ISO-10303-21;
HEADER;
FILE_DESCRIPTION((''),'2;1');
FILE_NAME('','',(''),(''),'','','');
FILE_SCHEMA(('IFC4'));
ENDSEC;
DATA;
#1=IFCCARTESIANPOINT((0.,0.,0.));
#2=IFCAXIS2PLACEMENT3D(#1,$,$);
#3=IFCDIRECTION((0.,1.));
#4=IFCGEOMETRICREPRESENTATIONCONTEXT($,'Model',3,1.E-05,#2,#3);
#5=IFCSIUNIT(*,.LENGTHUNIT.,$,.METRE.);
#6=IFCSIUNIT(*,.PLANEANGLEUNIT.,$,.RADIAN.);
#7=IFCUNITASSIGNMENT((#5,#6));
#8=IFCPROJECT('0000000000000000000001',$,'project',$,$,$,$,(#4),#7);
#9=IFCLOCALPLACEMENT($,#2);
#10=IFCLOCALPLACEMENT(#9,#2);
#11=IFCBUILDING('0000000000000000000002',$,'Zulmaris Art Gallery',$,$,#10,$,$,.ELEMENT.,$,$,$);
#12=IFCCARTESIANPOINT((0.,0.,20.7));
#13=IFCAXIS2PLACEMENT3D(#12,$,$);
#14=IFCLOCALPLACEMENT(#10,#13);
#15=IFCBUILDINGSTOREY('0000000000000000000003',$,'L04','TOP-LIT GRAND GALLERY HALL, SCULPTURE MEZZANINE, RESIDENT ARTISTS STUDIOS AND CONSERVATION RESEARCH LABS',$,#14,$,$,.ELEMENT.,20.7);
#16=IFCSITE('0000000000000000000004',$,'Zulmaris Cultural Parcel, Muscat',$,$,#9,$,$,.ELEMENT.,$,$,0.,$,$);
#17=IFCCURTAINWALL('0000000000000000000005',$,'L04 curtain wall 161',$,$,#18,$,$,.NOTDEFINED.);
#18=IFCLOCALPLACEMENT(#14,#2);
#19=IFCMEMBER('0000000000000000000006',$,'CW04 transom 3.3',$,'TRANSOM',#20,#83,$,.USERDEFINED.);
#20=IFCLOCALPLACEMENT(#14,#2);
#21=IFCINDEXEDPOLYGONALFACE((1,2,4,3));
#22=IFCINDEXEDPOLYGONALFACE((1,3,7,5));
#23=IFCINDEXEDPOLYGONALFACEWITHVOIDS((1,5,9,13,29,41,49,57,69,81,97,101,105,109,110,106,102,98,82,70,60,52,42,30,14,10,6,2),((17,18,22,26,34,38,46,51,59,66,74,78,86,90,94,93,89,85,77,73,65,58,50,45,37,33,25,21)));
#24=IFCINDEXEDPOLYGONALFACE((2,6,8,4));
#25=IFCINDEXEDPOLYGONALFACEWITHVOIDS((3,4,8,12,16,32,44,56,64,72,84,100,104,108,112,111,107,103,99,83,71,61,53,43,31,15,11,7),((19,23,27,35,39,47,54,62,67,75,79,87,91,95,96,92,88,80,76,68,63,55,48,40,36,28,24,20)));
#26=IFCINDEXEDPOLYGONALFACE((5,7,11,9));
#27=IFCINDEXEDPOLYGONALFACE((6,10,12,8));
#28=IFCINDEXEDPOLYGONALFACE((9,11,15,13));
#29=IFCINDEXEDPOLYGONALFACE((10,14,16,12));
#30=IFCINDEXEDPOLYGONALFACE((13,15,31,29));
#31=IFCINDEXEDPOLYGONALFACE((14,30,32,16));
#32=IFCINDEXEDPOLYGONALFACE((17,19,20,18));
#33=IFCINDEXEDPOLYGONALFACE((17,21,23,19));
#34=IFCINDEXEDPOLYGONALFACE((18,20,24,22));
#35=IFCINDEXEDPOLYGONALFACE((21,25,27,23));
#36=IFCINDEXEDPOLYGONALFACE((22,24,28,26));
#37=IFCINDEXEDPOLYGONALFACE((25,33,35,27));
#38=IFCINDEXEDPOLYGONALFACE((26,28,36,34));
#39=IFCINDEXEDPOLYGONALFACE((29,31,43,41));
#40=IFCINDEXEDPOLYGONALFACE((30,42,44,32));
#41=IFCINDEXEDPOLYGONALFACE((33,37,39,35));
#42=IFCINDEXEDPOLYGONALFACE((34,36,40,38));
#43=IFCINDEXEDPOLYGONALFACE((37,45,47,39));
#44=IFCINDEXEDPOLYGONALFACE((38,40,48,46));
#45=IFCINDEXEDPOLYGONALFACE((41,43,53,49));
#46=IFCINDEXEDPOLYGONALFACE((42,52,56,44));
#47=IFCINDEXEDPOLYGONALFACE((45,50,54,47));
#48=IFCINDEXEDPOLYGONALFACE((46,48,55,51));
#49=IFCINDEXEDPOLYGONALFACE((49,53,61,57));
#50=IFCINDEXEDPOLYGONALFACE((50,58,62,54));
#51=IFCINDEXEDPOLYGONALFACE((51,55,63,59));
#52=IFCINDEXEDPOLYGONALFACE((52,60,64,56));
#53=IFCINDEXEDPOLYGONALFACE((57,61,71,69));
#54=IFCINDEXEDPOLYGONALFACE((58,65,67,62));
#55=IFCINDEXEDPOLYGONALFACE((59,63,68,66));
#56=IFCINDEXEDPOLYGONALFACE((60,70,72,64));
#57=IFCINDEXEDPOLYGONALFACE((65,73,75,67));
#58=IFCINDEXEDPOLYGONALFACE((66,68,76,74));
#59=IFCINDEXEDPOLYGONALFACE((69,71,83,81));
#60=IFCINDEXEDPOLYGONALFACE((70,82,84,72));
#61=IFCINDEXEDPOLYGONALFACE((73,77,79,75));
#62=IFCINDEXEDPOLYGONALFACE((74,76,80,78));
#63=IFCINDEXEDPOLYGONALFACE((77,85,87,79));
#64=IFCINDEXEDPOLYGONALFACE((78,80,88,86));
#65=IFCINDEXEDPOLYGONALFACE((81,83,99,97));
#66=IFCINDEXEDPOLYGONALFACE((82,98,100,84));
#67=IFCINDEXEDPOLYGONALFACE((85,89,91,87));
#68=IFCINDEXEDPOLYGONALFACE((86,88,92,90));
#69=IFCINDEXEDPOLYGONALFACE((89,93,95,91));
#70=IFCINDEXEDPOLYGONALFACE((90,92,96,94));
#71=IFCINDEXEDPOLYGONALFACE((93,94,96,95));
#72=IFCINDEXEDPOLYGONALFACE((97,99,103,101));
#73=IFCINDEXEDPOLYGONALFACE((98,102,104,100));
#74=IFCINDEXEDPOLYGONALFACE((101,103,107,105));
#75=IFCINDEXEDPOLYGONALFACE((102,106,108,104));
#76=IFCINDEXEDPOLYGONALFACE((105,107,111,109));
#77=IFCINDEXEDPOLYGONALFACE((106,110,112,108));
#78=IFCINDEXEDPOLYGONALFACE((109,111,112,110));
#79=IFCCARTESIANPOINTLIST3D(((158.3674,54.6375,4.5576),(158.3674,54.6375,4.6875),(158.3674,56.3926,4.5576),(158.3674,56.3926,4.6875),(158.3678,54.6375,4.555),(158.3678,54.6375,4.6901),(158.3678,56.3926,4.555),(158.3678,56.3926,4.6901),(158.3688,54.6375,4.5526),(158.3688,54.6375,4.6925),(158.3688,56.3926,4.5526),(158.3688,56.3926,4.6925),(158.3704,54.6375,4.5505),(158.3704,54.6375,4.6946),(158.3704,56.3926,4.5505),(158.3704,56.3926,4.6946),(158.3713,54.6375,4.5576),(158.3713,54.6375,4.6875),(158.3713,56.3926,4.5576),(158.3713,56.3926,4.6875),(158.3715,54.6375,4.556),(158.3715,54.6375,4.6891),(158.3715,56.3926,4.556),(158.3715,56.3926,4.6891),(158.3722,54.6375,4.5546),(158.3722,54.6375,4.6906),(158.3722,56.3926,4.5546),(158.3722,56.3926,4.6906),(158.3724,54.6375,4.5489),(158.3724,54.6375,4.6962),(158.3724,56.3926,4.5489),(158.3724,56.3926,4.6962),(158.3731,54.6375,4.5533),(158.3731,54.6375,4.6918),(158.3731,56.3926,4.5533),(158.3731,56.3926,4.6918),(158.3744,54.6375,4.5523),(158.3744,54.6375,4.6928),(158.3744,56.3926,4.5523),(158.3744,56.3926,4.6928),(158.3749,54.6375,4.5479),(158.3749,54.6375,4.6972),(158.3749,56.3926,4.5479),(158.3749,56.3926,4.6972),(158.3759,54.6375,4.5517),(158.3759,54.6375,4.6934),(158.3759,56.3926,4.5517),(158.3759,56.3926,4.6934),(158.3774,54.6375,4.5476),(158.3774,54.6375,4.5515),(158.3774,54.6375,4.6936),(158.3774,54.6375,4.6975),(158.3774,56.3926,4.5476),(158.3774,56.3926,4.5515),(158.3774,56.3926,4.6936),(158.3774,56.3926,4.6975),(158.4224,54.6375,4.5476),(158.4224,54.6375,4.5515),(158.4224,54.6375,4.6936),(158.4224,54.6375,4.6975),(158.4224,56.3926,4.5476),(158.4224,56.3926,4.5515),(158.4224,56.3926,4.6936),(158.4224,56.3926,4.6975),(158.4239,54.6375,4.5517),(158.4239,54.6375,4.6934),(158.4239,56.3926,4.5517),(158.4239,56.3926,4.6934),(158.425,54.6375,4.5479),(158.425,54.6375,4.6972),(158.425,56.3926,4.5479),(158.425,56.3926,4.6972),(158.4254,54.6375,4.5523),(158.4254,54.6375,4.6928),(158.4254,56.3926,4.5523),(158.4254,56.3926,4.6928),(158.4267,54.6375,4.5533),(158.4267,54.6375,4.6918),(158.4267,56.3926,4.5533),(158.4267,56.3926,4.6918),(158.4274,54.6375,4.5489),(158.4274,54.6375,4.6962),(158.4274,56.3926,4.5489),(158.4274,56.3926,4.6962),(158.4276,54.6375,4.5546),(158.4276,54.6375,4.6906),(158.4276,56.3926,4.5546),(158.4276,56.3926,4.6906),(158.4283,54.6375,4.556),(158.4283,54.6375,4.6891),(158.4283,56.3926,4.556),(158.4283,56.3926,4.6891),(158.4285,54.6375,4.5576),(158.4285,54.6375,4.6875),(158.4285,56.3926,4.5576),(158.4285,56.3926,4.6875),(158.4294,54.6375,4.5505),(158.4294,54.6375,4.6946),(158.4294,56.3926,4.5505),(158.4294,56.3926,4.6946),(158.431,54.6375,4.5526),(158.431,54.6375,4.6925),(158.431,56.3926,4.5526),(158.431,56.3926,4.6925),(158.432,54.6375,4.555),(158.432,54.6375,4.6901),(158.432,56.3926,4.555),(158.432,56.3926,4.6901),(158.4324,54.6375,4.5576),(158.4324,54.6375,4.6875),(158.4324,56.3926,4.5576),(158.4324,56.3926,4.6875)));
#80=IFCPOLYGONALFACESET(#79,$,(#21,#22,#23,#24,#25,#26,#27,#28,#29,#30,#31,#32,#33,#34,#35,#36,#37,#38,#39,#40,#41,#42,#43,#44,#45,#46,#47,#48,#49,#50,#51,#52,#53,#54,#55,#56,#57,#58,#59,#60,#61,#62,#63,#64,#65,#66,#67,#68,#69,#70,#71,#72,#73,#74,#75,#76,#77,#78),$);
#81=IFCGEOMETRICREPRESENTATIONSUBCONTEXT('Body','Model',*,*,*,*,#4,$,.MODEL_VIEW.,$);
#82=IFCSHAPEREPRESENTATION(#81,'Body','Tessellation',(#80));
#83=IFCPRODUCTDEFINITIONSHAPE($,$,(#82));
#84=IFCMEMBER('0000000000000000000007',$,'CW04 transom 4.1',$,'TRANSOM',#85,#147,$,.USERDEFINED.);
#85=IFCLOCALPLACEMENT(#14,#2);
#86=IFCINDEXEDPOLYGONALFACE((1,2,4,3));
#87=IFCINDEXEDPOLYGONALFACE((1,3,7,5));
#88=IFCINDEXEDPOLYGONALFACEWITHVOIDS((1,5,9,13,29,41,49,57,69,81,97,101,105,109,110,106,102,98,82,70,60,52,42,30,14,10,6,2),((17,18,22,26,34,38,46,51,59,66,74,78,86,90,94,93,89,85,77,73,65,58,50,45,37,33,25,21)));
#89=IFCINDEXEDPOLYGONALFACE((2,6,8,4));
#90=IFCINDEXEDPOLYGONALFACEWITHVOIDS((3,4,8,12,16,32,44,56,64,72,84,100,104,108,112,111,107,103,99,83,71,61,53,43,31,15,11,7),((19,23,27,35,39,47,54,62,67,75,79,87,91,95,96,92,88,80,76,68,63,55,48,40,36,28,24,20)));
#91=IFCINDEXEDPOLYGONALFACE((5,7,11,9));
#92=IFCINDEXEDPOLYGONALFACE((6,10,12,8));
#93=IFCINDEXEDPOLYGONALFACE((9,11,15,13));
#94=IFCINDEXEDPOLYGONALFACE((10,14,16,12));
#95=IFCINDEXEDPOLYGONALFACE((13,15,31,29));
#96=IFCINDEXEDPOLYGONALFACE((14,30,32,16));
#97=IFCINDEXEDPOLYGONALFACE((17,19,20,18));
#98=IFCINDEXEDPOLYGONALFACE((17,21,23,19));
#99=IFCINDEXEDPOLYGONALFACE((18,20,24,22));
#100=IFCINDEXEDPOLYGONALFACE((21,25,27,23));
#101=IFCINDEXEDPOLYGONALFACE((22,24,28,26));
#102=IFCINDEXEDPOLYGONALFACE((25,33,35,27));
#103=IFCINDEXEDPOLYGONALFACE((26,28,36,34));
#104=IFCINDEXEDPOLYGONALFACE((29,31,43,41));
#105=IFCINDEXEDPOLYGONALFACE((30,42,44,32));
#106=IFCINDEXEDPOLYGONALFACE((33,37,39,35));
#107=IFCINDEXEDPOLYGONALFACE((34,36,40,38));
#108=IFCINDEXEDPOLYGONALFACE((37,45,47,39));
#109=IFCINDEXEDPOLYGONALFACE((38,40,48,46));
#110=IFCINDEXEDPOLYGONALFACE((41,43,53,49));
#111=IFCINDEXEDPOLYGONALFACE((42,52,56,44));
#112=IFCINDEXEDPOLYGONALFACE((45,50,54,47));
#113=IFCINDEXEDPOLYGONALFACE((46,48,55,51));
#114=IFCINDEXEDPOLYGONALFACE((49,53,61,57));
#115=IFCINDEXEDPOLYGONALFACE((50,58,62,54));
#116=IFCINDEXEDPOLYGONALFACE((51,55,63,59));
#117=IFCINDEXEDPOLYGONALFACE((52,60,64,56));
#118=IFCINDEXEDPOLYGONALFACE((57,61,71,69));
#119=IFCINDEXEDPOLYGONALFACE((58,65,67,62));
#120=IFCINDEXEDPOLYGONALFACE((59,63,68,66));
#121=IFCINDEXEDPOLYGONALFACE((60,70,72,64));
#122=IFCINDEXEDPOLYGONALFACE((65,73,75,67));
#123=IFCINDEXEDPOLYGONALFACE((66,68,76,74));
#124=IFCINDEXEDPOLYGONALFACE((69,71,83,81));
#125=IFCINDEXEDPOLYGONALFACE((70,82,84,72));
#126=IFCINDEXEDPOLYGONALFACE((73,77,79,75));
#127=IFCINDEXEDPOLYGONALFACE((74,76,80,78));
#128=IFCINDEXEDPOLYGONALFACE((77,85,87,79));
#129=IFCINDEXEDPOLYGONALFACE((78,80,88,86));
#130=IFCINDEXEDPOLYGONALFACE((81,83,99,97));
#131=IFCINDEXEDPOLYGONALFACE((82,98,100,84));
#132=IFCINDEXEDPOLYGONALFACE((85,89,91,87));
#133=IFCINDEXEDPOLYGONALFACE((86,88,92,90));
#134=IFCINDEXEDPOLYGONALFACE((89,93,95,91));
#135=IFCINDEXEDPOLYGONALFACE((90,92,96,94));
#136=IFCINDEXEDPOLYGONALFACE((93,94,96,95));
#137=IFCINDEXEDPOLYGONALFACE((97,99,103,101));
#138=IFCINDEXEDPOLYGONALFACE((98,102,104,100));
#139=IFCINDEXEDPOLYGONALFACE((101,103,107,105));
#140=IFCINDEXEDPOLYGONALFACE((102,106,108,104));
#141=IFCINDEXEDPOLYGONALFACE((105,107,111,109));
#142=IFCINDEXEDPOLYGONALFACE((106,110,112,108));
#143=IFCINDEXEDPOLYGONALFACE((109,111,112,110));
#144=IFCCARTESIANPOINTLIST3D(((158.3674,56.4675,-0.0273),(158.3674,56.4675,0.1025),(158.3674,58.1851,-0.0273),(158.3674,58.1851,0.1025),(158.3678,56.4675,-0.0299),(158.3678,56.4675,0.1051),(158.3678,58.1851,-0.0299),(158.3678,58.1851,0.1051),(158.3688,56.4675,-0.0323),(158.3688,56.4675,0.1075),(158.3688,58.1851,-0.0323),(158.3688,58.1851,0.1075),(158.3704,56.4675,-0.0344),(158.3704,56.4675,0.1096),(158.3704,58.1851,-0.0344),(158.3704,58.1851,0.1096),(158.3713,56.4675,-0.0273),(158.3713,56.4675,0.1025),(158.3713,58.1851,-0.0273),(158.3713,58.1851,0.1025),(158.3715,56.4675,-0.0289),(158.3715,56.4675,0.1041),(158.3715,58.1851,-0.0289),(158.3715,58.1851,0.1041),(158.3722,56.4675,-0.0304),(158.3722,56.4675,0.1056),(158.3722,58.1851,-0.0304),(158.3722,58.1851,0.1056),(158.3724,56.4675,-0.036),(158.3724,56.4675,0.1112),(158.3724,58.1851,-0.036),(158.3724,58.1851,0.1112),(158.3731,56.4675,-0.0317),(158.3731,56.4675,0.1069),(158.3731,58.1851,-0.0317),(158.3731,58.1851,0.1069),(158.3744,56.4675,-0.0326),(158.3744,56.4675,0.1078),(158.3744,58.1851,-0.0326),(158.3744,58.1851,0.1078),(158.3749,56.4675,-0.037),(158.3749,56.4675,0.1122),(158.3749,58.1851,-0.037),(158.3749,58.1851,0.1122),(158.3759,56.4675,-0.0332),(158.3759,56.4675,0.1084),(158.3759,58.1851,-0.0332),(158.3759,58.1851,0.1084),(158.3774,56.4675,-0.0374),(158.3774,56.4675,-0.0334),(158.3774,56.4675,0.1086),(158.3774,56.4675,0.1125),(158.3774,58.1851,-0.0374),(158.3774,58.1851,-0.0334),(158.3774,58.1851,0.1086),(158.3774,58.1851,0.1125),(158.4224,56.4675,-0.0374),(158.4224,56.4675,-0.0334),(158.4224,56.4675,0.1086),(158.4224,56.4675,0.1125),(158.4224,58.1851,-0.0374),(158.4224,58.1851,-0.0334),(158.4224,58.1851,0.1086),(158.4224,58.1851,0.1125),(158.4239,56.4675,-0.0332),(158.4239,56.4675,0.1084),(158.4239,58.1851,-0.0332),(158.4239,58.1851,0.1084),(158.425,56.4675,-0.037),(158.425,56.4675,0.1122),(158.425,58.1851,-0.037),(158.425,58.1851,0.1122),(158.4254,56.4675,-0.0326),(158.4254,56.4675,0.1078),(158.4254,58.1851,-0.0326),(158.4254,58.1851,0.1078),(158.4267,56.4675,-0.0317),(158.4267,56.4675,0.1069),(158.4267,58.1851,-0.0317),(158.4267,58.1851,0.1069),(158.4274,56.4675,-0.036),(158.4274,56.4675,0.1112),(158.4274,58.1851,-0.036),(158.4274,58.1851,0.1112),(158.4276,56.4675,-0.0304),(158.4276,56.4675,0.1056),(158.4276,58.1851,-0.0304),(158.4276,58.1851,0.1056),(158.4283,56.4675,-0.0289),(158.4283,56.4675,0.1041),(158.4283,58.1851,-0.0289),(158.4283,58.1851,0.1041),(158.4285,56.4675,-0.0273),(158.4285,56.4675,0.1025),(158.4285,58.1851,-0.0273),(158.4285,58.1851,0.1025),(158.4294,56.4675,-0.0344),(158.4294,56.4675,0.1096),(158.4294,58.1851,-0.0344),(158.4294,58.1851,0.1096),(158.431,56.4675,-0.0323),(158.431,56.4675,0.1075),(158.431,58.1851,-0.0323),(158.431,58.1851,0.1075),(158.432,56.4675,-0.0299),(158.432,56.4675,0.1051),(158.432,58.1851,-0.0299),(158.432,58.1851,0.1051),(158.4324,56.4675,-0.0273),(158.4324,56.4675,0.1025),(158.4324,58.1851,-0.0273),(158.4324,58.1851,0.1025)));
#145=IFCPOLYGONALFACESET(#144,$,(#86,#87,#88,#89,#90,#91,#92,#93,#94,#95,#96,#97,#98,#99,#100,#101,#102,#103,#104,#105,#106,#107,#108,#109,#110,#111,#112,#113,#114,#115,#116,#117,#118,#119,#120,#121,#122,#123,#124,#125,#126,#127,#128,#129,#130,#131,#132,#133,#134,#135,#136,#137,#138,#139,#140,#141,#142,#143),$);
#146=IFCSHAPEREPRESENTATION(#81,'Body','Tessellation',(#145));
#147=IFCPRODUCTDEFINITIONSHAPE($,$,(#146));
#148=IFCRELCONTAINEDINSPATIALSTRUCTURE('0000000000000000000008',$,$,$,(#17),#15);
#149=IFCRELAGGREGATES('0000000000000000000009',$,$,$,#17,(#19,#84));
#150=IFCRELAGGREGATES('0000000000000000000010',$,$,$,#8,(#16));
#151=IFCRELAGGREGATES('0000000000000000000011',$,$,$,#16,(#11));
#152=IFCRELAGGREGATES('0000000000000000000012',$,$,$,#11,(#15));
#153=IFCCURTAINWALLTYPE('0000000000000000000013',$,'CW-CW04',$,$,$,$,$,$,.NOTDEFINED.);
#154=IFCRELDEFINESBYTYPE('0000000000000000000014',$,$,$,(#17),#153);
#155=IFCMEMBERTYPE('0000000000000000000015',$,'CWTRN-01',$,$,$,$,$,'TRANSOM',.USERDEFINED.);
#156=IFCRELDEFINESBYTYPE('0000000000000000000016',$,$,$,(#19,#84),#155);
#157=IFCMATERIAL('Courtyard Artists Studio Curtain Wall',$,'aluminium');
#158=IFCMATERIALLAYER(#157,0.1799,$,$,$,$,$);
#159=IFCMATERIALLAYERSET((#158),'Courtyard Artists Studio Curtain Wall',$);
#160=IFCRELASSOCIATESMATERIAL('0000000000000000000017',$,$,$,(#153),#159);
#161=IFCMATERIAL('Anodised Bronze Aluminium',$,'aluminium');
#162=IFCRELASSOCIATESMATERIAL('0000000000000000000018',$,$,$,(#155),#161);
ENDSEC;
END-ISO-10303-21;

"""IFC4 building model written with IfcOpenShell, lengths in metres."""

from ifc_helpers import new_model, si_unit, direction, frame, origin, origin_2d, place, context, subcontext, project, spatial, hollow_rectangle, extrude, material, layer, layer_set, material_profile, profile_set, type_object, element, aggregate, save


model = new_model("IFC4")

# Units and contexts
model_context = context("Model", 3, precision=1e-05, world=origin(), true_north=direction((0.0, 1.0)))
body_context = subcontext(model_context, "Body", "Model", "MODEL_VIEW")
ifc_project = project(units=[si_unit("LENGTHUNIT", "METRE"), si_unit("PLANEANGLEUNIT", "RADIAN")], contexts=[model_context])

# Site, building, storey
site_placement = place(None, origin())
site = spatial("IfcSite", under=ifc_project, at=site_placement, Name="Zulmaris Cultural Parcel, Muscat", CompositionType="ELEMENT", RefElevation=0.0)
building_placement = place(site_placement, origin())
building = spatial("IfcBuilding", under=site, at=building_placement, Name="Zulmaris Art Gallery", CompositionType="ELEMENT")
storey_placement = place(building_placement, frame((0.0, 0.0, 20.7)))
storey = spatial("IfcBuildingStorey", under=building, at=storey_placement, Name="L04", Description="TOP-LIT GRAND GALLERY HALL, SCULPTURE MEZZANINE, RESIDENT ARTISTS STUDIOS AND CONSERVATION RESEARCH LABS", CompositionType="ELEMENT", Elevation=20.7)

# Curtain wall, members
ifc_material_1 = material(Name="Courtyard Artists Studio Curtain Wall", Category="aluminium")
ifc_layer_1 = layer(ifc_material_1, 0.1799)
ifc_layer_set_1 = layer_set([ifc_layer_1], Name="Courtyard Artists Studio Curtain Wall")
curtain_wall_type = type_object("IfcCurtainWallType", Name="CW-CW04", PredefinedType="NOTDEFINED", material=ifc_layer_set_1)
curtain_wall_placement = place(storey_placement, origin())
curtain_wall = element("IfcCurtainWall", 1, at=curtain_wall_placement, inside=storey, type_object=curtain_wall_type, Name="L04 curtain wall 161", PredefinedType="NOTDEFINED")
ifc_material_2 = material(Name="Anodised Bronze Aluminium", Category="aluminium")
ifc_material_profile_1 = material_profile(ifc_material_2, hollow_rectangle(XDim=0.0649, YDim=0.1499, WallThickness=0.0039, InnerFilletRadius=0.0061, OuterFilletRadius=0.01, at=origin_2d()), Name="ALU 65x150x4")
ifc_profile_set_1 = profile_set([ifc_material_profile_1], Name="Anodised Bronze Aluminium")
member_type_1 = type_object("IfcMemberType", Name="CWTRN-01", ElementType="TRANSOM", PredefinedType="USERDEFINED", material=ifc_profile_set_1)
member_1_placement = place(storey_placement, frame((158.3999, 54.6375, 4.6226), z_axis=(0.0, 1.0, 0.0), x_axis=(-1.0, 0.0, 0.0)))
member_1 = element("IfcMember", 2, at=member_1_placement, type_object=member_type_1, Name="CW04 transom 3.3", ObjectType="TRANSOM", PredefinedType="USERDEFINED", context=body_context, shape_type="SweptSolid", body=[
    extrude(hollow_rectangle(XDim=0.0649, YDim=0.1499, WallThickness=0.0039, InnerFilletRadius=0.0061, OuterFilletRadius=0.01, at=origin_2d()), origin(), (0.0, 0.0, 1.0), 1.7551),
])
member_2_placement = place(storey_placement, frame((158.3999, 56.4675, 0.0376), z_axis=(0.0, 1.0, 0.0), x_axis=(-1.0, 0.0, 0.0)))
member_2 = element("IfcMember", 3, at=member_2_placement, type_object=member_type_1, Name="CW04 transom 4.1", ObjectType="TRANSOM", PredefinedType="USERDEFINED", context=body_context, shape_type="SweptSolid", body=[
    extrude(hollow_rectangle(XDim=0.0649, YDim=0.1499, WallThickness=0.0039, InnerFilletRadius=0.0061, OuterFilletRadius=0.01, at=origin_2d()), origin(), (0.0, 0.0, 1.0), 1.7175),
])
aggregate(curtain_wall, [member_1, member_2])

save(model, "model.ifc")
